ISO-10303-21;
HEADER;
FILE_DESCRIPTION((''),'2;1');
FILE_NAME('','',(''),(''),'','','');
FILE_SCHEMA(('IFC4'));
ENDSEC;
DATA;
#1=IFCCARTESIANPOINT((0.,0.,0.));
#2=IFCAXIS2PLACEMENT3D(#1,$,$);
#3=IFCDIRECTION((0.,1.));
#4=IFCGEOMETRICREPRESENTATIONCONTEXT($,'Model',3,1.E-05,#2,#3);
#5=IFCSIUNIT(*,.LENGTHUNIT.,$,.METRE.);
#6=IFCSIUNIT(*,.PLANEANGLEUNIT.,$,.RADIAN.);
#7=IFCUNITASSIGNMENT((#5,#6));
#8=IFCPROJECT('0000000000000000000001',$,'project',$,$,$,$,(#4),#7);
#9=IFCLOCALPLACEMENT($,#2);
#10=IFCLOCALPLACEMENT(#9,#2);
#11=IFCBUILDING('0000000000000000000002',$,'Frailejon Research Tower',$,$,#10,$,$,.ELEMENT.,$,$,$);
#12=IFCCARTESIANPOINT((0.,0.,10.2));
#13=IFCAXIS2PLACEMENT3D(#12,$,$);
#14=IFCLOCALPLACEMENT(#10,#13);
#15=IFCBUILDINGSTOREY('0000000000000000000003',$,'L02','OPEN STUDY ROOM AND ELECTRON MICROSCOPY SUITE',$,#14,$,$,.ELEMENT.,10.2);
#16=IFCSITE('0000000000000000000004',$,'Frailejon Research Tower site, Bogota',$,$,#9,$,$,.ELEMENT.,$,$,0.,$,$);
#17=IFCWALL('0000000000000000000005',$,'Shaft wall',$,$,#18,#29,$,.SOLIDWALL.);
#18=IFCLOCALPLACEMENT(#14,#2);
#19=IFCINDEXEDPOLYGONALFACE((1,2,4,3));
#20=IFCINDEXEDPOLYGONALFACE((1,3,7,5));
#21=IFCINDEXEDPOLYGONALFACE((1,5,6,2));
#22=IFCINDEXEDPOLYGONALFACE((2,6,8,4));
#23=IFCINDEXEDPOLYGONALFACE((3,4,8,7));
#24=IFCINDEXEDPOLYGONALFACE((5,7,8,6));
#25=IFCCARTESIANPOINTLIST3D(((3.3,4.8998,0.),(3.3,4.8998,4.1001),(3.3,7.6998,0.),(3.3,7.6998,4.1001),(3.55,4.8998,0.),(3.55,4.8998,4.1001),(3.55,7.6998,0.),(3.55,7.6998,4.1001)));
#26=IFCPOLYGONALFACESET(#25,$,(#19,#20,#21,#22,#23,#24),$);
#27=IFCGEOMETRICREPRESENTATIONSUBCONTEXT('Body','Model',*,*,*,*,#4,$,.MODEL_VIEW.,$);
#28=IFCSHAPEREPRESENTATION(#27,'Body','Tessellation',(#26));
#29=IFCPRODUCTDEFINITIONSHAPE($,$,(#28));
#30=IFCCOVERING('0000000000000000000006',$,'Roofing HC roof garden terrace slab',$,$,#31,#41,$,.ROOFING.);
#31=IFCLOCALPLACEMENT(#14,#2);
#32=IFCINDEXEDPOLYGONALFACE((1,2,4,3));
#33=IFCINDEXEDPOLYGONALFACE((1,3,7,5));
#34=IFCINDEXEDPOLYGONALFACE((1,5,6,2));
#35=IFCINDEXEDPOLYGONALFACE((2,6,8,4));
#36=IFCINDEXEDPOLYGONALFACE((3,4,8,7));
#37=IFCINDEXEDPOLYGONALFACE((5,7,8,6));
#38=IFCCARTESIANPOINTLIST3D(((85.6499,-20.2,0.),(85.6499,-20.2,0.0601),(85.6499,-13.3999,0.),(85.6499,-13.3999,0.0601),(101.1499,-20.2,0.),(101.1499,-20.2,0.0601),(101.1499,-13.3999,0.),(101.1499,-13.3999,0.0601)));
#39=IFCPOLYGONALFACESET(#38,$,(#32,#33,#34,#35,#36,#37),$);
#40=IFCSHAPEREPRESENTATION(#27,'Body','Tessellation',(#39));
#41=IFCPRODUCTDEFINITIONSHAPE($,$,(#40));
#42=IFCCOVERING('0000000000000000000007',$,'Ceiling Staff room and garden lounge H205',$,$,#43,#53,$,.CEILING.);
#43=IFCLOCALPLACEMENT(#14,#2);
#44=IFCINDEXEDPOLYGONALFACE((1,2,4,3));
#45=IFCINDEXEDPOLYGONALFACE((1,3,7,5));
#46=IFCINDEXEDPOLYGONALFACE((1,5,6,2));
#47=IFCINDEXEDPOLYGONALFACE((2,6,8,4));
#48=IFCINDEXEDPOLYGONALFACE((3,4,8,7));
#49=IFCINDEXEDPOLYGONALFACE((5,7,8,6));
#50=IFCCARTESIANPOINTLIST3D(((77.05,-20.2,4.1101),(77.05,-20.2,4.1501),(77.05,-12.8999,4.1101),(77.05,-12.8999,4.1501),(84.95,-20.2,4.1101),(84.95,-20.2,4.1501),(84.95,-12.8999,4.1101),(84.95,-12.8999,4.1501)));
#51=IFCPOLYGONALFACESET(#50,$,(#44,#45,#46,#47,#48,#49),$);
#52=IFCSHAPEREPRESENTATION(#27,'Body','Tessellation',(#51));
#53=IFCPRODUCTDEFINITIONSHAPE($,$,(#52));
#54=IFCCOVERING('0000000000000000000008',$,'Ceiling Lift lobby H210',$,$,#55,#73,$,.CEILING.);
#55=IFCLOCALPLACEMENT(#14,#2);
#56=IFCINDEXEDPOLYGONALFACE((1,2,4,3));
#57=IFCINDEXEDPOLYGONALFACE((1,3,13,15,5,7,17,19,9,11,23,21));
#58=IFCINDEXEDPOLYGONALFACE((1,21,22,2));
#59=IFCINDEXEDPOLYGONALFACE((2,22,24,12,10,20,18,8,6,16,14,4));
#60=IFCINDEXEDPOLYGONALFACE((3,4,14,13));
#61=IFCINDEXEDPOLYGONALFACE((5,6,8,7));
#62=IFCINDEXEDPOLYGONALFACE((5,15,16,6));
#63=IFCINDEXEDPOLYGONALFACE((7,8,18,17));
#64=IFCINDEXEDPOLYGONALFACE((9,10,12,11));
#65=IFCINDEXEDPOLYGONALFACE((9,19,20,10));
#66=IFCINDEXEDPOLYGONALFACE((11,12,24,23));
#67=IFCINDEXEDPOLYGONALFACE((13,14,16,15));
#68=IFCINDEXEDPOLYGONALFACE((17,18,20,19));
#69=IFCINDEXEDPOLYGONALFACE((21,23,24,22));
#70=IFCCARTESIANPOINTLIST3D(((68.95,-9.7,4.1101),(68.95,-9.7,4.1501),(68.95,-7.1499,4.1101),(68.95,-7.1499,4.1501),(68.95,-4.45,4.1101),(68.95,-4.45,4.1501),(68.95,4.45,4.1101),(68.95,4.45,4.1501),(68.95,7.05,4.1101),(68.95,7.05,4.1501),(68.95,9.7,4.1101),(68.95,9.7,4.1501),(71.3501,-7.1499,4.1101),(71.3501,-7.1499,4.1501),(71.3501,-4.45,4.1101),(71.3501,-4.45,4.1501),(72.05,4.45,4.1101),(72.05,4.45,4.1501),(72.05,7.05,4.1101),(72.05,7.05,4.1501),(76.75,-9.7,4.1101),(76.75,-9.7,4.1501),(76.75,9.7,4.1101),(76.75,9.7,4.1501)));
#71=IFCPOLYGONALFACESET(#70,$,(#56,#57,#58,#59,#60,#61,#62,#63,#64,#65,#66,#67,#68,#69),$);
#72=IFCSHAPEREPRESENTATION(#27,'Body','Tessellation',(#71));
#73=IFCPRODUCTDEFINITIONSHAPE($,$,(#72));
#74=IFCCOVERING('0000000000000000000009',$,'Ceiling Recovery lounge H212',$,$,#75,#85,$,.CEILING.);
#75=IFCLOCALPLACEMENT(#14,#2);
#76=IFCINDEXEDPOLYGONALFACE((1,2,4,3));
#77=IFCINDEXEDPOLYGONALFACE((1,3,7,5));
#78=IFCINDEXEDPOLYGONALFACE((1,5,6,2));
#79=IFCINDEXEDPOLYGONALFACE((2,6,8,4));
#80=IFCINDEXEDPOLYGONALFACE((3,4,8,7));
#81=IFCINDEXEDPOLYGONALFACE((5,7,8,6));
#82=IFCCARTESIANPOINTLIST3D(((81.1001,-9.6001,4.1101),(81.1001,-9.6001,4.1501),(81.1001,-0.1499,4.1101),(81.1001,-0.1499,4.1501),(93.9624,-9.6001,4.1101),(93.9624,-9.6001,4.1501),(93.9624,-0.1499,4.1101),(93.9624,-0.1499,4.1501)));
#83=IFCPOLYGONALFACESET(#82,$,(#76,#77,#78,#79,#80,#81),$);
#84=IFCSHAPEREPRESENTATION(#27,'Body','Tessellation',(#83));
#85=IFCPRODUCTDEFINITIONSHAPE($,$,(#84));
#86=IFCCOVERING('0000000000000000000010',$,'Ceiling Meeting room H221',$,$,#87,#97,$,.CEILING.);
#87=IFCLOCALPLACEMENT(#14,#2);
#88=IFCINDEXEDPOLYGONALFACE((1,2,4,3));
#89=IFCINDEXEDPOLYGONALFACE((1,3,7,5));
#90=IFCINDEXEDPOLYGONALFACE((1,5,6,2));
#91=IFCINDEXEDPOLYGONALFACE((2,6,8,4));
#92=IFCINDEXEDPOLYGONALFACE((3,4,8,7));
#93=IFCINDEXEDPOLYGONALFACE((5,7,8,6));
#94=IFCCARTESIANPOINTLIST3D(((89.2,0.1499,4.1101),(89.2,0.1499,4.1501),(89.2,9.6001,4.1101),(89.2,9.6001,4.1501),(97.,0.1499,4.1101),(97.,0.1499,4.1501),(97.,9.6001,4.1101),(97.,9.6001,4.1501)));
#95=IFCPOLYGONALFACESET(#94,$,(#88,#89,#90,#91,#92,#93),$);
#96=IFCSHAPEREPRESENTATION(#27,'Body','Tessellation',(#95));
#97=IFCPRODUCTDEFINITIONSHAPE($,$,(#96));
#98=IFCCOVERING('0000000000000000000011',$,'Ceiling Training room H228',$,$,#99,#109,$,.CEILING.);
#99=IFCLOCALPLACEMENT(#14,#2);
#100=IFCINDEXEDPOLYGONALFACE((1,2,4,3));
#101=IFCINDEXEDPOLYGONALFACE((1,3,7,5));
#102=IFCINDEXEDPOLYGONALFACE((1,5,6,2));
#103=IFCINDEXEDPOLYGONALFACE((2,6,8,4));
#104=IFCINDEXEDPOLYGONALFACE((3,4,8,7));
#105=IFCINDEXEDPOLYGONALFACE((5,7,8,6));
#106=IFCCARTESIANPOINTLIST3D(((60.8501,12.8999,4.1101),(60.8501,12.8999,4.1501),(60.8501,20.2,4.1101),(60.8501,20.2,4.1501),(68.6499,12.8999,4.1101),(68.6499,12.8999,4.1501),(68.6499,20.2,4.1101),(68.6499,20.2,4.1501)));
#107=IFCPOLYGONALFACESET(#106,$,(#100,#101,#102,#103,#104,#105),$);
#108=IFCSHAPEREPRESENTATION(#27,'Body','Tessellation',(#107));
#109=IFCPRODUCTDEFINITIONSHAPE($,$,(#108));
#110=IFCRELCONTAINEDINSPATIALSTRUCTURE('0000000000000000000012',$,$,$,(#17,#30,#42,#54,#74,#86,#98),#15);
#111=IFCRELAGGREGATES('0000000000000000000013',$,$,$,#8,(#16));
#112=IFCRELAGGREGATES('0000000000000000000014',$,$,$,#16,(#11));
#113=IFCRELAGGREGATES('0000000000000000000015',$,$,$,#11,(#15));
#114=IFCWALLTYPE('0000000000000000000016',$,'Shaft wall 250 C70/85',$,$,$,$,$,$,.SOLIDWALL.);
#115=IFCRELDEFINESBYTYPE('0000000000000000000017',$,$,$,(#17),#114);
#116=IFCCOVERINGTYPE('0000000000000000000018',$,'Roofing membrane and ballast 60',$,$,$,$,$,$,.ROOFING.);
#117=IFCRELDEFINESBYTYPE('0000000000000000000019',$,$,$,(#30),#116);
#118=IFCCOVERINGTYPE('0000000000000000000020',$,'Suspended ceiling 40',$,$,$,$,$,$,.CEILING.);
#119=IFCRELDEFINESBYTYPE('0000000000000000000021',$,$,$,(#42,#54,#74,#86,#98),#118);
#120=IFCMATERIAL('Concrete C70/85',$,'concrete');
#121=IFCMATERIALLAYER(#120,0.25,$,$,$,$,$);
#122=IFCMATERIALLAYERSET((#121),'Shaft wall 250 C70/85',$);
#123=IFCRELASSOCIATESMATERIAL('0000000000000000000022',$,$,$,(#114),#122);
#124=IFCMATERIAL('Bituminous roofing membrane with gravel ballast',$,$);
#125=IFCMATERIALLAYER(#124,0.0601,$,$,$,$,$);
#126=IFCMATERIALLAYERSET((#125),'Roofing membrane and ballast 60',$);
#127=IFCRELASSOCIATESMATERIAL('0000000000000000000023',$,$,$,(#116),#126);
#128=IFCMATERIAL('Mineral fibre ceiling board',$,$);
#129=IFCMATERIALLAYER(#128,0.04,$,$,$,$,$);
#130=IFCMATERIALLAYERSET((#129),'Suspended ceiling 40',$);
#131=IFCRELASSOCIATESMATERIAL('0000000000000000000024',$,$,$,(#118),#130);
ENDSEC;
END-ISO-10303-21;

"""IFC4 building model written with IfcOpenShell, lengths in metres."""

from ifc_helpers import new_model, si_unit, direction, frame, frame_2d, origin, place, context, subcontext, project, spatial, polyline, rectangle, outline, extrude, material, layer, layer_set, type_object, element, save


model = new_model("IFC4")

# Units and contexts
model_context = context("Model", 3, precision=1e-05, world=origin(), true_north=direction((0.0, 1.0)))
body_context = subcontext(model_context, "Body", "Model", "MODEL_VIEW")
ifc_project = project(units=[si_unit("LENGTHUNIT", "METRE"), si_unit("PLANEANGLEUNIT", "RADIAN")], contexts=[model_context])

# Site, building, storey
site_placement = place(None, origin())
site = spatial("IfcSite", under=ifc_project, at=site_placement, Name="Frailejon Research Tower site, Bogota", CompositionType="ELEMENT", RefElevation=0.0)
building_placement = place(site_placement, origin())
building = spatial("IfcBuilding", under=site, at=building_placement, Name="Frailejon Research Tower", CompositionType="ELEMENT")
storey_placement = place(building_placement, frame((0.0, 0.0, 10.2)))
storey = spatial("IfcBuildingStorey", under=building, at=storey_placement, Name="L02", Description="OPEN STUDY ROOM AND ELECTRON MICROSCOPY SUITE", CompositionType="ELEMENT", Elevation=10.2)

# Shared definitions
ifc_material_1 = material(Name="Concrete C70/85", Category="concrete")
ifc_layer_1 = layer(ifc_material_1, 0.25)
ifc_layer_set_1 = layer_set([ifc_layer_1], Name="Shaft wall 250 C70/85")
wall_type_1 = type_object("IfcWallType", Name="Shaft wall 250 C70/85", PredefinedType="SOLIDWALL", material=ifc_layer_set_1)

# Wall
wall_1_placement = place(storey_placement, frame((3.425, 4.8999, 0.0), z_axis=(0.0, 0.0, 1.0), x_axis=(0.0, 1.0, 0.0)))
element("IfcWall", 1, at=wall_1_placement, inside=storey, type_object=wall_type_1, Name="Shaft wall", PredefinedType="SOLIDWALL", context=body_context, shape_type="SweptSolid", body=[
    extrude(rectangle(XDim=2.8, YDim=0.25, at=frame_2d((1.3999, 0.0))), origin(), (0.0, 0.0, 1.0), 4.1001),
])

# Coverings
ifc_material_2 = material(Name="Bituminous roofing membrane with gravel ballast")
ifc_layer_2 = layer(ifc_material_2, 0.0601)
ifc_layer_set_2 = layer_set([ifc_layer_2], Name="Roofing membrane and ballast 60")
covering_type_1 = type_object("IfcCoveringType", Name="Roofing membrane and ballast 60", PredefinedType="ROOFING", material=ifc_layer_set_2)
covering_1_placement = place(storey_placement, origin())
element("IfcCovering", 2, at=covering_1_placement, inside=storey, type_object=covering_type_1, Name="Roofing HC roof garden terrace slab", PredefinedType="ROOFING", context=body_context, shape_type="SweptSolid", body=[
    extrude(outline(polyline([(101.1499, -20.2), (101.1499, -13.3999), (85.6499, -13.3999), (85.6499, -20.2), (101.1499, -20.2)])), origin(), (0.0, 0.0, 1.0), 0.0601),
])
ifc_material_3 = material(Name="Mineral fibre ceiling board")
ifc_layer_3 = layer(ifc_material_3, 0.04)
ifc_layer_set_3 = layer_set([ifc_layer_3], Name="Suspended ceiling 40")
covering_type_2 = type_object("IfcCoveringType", Name="Suspended ceiling 40", PredefinedType="CEILING", material=ifc_layer_set_3)
covering_2_placement = place(storey_placement, frame((0.0, 0.0, 4.1101)))
element("IfcCovering", 3, at=covering_2_placement, inside=storey, type_object=covering_type_2, Name="Ceiling Staff room and garden lounge H205", PredefinedType="CEILING", context=body_context, shape_type="SweptSolid", body=[
    extrude(outline(polyline([(84.95, -12.8999), (77.05, -12.8999), (77.05, -20.2), (84.95, -20.2), (84.95, -12.8999)])), origin(), (0.0, 0.0, 1.0), 0.04),
])
covering_3_placement = place(storey_placement, frame((0.0, 0.0, 4.1101)))
element("IfcCovering", 4, at=covering_3_placement, inside=storey, type_object=covering_type_2, Name="Ceiling Lift lobby H210", PredefinedType="CEILING", context=body_context, shape_type="SweptSolid", body=[
    extrude(outline(polyline([(68.95, 7.05), (72.05, 7.05), (72.05, 4.45), (68.95, 4.45), (68.95, -4.45), (71.3501, -4.45), (71.3501, -7.1499), (68.95, -7.1499), (68.95, -9.7), (76.75, -9.7), (76.75, 9.7), (68.95, 9.7), (68.95, 7.05)])), origin(), (0.0, 0.0, 1.0), 0.04),
])
covering_4_placement = place(storey_placement, frame((0.0, 0.0, 4.1101)))
element("IfcCovering", 5, at=covering_4_placement, inside=storey, type_object=covering_type_2, Name="Ceiling Recovery lounge H212", PredefinedType="CEILING", context=body_context, shape_type="SweptSolid", body=[
    extrude(outline(polyline([(93.9624, -0.1499), (81.1001, -0.1499), (81.1001, -9.6001), (93.9624, -9.6001), (93.9624, -0.1499)])), origin(), (0.0, 0.0, 1.0), 0.04),
])
covering_5_placement = place(storey_placement, frame((0.0, 0.0, 4.1101)))
element("IfcCovering", 6, at=covering_5_placement, inside=storey, type_object=covering_type_2, Name="Ceiling Meeting room H221", PredefinedType="CEILING", context=body_context, shape_type="SweptSolid", body=[
    extrude(outline(polyline([(97.0, 9.6001), (89.2, 9.6001), (89.2, 0.1499), (97.0, 0.1499), (97.0, 9.6001)])), origin(), (0.0, 0.0, 1.0), 0.04),
])
covering_6_placement = place(storey_placement, frame((0.0, 0.0, 4.1101)))
element("IfcCovering", 7, at=covering_6_placement, inside=storey, type_object=covering_type_2, Name="Ceiling Training room H228", PredefinedType="CEILING", context=body_context, shape_type="SweptSolid", body=[
    extrude(outline(polyline([(68.6499, 20.2), (60.8501, 20.2), (60.8501, 12.8999), (68.6499, 12.8999), (68.6499, 20.2)])), origin(), (0.0, 0.0, 1.0), 0.04),
])

save(model, "model.ifc")
